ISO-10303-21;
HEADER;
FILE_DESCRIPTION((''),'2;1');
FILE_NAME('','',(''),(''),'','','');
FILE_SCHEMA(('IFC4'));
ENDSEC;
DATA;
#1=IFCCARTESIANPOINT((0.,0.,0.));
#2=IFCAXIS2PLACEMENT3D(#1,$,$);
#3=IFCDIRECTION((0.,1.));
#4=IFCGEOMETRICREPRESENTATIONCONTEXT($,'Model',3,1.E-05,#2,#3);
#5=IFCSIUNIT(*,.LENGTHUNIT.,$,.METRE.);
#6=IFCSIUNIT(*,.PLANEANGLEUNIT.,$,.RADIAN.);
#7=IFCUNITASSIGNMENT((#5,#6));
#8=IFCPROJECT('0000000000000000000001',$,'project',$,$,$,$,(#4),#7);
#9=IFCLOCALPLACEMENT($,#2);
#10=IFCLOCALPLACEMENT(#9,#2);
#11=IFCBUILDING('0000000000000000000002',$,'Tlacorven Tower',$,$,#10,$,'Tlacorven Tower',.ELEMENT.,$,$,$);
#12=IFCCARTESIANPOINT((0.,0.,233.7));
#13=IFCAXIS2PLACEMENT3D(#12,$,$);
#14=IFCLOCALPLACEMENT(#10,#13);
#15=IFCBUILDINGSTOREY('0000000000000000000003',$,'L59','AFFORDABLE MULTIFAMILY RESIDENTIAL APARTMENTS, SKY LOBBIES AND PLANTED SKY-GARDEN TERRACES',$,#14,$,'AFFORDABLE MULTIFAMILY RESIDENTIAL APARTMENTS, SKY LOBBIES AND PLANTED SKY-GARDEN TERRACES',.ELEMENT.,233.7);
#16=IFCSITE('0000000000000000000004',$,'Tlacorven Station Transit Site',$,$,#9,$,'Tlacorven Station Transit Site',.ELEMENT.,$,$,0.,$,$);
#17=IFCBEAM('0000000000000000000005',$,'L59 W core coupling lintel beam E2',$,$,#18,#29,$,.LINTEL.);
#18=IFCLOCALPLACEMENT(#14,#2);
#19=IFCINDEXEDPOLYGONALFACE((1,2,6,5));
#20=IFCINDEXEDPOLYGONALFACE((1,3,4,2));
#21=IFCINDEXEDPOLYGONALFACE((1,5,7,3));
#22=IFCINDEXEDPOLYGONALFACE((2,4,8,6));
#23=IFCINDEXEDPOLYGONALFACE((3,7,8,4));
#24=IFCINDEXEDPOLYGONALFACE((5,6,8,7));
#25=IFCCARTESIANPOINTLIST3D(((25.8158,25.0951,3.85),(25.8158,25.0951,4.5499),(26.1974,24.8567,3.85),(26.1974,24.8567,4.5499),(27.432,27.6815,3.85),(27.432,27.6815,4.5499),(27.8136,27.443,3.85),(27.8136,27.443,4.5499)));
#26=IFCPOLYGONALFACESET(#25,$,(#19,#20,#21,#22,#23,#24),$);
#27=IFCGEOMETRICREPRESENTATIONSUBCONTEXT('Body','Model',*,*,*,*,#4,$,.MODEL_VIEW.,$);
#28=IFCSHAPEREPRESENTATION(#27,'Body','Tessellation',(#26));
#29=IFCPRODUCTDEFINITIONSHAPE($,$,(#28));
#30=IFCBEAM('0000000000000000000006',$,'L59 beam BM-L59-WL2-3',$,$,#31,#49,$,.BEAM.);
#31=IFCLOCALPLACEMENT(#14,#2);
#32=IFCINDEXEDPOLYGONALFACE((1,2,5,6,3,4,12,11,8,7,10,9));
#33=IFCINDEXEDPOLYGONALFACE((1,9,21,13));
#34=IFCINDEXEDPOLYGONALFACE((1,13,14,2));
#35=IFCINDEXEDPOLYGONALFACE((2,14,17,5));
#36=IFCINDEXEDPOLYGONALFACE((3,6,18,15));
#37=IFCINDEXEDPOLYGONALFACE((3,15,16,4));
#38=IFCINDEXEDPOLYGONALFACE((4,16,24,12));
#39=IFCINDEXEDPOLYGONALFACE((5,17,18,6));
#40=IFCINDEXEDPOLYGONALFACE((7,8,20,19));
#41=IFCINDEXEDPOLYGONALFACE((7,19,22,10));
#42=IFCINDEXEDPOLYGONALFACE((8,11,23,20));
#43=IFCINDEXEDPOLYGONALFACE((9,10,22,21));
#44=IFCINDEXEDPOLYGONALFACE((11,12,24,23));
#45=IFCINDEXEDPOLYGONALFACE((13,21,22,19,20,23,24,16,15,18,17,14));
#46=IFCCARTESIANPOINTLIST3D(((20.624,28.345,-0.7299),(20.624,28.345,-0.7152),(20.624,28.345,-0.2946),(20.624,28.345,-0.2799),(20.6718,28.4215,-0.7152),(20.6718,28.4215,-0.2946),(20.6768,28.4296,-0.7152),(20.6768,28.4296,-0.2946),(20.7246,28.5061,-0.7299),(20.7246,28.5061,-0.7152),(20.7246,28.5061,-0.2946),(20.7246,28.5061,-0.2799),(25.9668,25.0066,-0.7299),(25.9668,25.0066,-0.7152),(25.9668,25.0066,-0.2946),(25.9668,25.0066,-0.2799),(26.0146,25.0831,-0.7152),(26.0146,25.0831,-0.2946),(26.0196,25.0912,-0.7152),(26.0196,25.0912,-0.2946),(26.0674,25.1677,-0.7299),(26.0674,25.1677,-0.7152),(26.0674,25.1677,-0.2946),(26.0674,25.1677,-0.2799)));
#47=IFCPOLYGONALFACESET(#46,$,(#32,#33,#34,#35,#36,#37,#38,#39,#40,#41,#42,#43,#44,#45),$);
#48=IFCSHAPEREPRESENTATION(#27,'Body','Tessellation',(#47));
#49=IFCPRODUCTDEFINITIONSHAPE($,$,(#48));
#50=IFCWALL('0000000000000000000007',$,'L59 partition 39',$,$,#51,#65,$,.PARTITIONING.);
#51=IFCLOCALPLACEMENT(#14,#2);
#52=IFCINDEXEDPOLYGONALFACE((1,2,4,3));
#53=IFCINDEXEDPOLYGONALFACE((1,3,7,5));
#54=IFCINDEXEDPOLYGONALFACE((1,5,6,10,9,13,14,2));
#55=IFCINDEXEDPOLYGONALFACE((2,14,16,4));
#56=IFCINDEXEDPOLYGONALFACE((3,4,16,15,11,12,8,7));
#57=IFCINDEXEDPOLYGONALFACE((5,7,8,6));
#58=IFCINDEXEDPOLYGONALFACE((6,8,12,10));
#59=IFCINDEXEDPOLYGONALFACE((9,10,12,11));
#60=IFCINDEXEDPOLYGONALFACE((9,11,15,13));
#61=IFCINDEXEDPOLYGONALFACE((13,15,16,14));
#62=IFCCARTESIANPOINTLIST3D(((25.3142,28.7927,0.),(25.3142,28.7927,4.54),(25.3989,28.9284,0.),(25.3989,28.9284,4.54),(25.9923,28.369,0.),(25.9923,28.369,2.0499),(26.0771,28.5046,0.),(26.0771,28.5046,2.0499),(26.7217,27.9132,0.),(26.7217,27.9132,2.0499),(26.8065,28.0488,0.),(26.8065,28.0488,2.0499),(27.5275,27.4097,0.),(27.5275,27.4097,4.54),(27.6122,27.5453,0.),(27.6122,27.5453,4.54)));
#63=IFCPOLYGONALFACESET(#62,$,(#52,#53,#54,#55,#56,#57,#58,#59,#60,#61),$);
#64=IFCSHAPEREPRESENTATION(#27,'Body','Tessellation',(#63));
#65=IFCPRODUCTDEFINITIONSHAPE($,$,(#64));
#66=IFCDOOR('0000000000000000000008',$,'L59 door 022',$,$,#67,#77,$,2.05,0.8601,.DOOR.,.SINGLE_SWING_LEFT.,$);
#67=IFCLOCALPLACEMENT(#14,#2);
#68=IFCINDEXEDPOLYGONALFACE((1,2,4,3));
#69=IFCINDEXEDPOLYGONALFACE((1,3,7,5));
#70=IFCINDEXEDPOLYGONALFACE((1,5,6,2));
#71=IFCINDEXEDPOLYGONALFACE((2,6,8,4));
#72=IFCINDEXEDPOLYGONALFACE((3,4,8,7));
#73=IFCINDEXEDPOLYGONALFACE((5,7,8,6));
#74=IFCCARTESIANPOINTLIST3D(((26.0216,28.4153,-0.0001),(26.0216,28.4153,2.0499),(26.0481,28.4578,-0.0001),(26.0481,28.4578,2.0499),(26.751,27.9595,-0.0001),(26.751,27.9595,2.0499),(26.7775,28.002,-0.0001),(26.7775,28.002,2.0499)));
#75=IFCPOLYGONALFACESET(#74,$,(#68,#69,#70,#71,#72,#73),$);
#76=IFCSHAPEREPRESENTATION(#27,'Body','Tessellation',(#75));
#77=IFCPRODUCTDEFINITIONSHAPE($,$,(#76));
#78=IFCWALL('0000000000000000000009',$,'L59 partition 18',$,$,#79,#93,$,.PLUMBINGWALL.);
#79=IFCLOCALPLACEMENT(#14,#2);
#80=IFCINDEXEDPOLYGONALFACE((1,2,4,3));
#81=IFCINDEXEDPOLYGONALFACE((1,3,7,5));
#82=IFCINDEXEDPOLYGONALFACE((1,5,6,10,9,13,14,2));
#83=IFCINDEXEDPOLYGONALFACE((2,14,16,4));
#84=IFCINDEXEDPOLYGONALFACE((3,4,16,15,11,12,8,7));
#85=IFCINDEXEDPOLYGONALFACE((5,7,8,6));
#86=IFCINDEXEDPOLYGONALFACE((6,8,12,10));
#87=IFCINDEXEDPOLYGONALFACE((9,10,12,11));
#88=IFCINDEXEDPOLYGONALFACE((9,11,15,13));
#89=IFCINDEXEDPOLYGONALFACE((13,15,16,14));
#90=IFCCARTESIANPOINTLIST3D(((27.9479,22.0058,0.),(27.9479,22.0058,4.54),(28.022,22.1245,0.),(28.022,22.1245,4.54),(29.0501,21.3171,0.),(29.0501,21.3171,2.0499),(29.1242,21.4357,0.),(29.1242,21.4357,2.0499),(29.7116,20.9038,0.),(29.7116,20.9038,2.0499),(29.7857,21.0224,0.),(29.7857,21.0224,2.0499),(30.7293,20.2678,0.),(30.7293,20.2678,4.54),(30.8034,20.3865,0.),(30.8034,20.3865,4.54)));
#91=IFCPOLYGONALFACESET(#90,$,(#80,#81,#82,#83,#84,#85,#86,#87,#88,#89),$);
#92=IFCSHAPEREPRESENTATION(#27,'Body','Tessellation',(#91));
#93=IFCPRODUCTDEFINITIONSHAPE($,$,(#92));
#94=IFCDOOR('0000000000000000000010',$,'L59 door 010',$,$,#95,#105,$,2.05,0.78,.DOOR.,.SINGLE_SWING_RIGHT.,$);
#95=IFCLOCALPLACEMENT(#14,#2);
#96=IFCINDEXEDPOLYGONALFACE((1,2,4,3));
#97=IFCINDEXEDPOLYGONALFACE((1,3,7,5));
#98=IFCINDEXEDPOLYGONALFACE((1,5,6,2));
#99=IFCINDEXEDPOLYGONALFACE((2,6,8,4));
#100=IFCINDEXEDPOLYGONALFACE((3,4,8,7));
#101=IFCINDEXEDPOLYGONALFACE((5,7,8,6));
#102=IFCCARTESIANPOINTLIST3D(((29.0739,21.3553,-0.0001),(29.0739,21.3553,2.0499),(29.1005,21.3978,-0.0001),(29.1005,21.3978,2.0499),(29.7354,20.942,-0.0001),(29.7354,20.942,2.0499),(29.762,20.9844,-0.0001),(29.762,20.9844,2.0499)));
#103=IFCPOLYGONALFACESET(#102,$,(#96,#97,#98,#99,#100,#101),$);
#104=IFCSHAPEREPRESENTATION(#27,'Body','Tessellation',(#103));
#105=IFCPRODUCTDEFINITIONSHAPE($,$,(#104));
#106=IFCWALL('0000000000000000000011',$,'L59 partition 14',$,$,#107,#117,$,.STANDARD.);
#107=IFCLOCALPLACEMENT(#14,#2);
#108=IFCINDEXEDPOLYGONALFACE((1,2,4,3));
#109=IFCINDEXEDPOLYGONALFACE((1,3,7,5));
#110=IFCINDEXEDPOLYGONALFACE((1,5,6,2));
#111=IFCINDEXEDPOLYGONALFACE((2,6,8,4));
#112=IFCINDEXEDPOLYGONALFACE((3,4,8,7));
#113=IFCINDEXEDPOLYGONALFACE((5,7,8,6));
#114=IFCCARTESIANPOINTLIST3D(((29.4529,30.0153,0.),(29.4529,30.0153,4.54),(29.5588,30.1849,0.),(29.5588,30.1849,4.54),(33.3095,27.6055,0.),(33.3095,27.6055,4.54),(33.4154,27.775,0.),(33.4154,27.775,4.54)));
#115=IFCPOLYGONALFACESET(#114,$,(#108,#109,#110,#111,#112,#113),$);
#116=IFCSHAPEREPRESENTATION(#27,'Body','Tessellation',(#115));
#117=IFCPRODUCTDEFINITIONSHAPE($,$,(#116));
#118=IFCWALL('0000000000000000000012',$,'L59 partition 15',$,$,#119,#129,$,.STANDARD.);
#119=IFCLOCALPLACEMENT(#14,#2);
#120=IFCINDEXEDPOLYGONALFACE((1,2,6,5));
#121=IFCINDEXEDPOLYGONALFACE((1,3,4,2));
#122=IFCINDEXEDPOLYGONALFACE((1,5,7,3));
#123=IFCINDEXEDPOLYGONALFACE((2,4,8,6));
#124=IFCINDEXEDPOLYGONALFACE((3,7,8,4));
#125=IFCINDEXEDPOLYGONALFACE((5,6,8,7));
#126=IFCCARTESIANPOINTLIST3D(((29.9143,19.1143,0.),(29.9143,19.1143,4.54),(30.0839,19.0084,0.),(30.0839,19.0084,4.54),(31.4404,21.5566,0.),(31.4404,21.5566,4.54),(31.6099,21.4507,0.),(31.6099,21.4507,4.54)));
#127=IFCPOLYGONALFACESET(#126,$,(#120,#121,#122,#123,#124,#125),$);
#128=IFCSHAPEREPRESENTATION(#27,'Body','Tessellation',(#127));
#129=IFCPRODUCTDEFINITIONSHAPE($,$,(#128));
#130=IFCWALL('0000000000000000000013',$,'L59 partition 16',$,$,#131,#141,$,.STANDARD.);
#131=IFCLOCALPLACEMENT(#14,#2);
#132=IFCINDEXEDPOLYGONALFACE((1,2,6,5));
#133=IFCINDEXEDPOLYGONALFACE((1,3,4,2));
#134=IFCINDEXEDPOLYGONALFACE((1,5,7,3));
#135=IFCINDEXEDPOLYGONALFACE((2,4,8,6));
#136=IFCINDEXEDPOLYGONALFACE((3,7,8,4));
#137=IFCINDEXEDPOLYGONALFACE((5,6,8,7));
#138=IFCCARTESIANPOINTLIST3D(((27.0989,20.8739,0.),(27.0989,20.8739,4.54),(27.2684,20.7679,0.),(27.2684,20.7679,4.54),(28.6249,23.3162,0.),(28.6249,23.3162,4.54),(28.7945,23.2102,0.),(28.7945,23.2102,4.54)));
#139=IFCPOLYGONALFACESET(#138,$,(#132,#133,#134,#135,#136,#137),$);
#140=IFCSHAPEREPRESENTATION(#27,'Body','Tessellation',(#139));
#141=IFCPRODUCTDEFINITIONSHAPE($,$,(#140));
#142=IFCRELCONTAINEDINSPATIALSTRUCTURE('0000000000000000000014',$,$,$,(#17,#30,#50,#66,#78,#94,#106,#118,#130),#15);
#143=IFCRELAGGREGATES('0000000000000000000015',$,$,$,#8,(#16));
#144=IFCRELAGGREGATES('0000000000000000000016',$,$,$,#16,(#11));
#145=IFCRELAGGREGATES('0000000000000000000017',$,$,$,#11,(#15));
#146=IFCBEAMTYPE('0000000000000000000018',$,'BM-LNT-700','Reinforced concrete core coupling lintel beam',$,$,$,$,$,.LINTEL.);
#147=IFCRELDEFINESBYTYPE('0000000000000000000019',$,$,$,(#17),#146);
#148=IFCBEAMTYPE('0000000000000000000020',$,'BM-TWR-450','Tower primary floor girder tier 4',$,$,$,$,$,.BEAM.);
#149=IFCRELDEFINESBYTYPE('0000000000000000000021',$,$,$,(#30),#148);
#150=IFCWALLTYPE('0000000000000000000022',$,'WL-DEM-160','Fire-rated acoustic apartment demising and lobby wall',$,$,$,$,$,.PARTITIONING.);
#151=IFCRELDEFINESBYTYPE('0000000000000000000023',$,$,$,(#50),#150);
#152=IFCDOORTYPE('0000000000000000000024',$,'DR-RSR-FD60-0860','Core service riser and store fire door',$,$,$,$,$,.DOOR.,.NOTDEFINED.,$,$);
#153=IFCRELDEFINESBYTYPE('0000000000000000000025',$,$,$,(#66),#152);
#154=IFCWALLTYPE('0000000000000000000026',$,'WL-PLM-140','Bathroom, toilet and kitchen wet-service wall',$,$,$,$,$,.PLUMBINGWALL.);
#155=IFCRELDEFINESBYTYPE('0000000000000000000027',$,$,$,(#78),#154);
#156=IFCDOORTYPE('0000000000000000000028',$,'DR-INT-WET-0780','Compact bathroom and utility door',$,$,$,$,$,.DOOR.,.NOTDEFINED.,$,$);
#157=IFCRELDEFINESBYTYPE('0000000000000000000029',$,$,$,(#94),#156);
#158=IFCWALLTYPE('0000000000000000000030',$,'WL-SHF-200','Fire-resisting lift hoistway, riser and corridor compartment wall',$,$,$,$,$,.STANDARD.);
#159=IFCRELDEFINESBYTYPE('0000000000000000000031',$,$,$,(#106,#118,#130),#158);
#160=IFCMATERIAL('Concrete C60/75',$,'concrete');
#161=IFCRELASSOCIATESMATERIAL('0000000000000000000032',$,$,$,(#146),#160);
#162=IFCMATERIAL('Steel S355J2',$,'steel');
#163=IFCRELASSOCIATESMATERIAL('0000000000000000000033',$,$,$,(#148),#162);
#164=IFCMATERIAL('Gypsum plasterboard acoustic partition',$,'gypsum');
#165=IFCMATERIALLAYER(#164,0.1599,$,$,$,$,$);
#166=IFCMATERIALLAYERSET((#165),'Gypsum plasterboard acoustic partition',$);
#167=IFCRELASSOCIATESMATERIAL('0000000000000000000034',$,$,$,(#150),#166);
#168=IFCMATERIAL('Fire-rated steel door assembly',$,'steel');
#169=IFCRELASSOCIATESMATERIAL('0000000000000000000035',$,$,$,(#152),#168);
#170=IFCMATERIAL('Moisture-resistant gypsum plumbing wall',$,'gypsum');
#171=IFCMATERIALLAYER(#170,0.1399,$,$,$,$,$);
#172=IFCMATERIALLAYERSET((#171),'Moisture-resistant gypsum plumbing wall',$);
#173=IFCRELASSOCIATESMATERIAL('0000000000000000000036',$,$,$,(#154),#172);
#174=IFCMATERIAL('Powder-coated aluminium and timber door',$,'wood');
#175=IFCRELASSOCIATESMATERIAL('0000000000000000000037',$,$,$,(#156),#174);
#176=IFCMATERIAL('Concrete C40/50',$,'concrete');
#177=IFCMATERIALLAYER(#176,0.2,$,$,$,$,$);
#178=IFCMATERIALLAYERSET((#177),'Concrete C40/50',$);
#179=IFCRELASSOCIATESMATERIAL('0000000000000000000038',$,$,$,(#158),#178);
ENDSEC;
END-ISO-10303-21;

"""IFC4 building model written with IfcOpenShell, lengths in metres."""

from ifc_helpers import new_model, si_unit, direction, frame, frame_2d, origin, origin_2d, place, context, subcontext, project, spatial, rectangle, i_section, extrude, source, transform, mapped, material, layer, layer_set, material_profile, profile_set, type_object, element, fill, save


model = new_model("IFC4")

# Units and contexts
model_context = context("Model", 3, precision=1e-05, world=origin(), true_north=direction((0.0, 1.0)))
body_context = subcontext(model_context, "Body", "Model", "MODEL_VIEW")
ifc_project = project(units=[si_unit("LENGTHUNIT", "METRE"), si_unit("PLANEANGLEUNIT", "RADIAN")], contexts=[model_context])

# Site, building, storey
site_placement = place(None, origin())
site = spatial("IfcSite", under=ifc_project, at=site_placement, Name="Tlacorven Station Transit Site", LongName="Tlacorven Station Transit Site", CompositionType="ELEMENT", RefElevation=0.0)
building_placement = place(site_placement, origin())
building = spatial("IfcBuilding", under=site, at=building_placement, Name="Tlacorven Tower", LongName="Tlacorven Tower", CompositionType="ELEMENT")
storey_placement = place(building_placement, frame((0.0, 0.0, 233.7)))
storey = spatial("IfcBuildingStorey", under=building, at=storey_placement, Name="L59", Description="AFFORDABLE MULTIFAMILY RESIDENTIAL APARTMENTS, SKY LOBBIES AND PLANTED SKY-GARDEN TERRACES", LongName="AFFORDABLE MULTIFAMILY RESIDENTIAL APARTMENTS, SKY LOBBIES AND PLANTED SKY-GARDEN TERRACES", CompositionType="ELEMENT", Elevation=233.7)

# Beams
ifc_material_1 = material(Name="Concrete C60/75", Category="concrete")
ifc_material_profile_1 = material_profile(ifc_material_1, rectangle(XDim=0.45, YDim=0.7, at=origin_2d()), Name="RC 450X700")
ifc_profile_set_1 = profile_set([ifc_material_profile_1], Name="Concrete C60/75")
beam_type_1 = type_object("IfcBeamType", Name="BM-LNT-700", Description="Reinforced concrete core coupling lintel beam", PredefinedType="LINTEL", material=ifc_profile_set_1)
shared_shape_1 = source(origin(), body_context, "Body", "SweptSolid", [
    extrude(rectangle(XDim=0.45, YDim=0.7, at=origin_2d()), origin(), (0.0, 0.0, 1.0), 3.0498),
])
beam_1_placement = place(storey_placement, frame((27.6228, 27.5623, 4.2), z_axis=(-0.529927, -0.848043, 0.0), x_axis=(0.848043, -0.529927, 0.0)))
element("IfcBeam", 1, at=beam_1_placement, inside=storey, type_object=beam_type_1, Name="L59 W core coupling lintel beam E2", PredefinedType="LINTEL", context=body_context, shape_type="MappedRepresentation", body=[
    mapped(shared_shape_1, transform((0.0, 0.0, 0.0), scale=1.0)),
])
ifc_material_2 = material(Name="Steel S355J2", Category="steel")
ifc_material_profile_2 = material_profile(ifc_material_2, i_section(OverallWidth=0.1899, OverallDepth=0.45, WebThickness=0.0095, FlangeThickness=0.0146, at=origin_2d()), Name="IPE 450")
ifc_profile_set_2 = profile_set([ifc_material_profile_2], Name="Steel S355J2")
beam_type_2 = type_object("IfcBeamType", Name="BM-TWR-450", Description="Tower primary floor girder tier 4", PredefinedType="BEAM", material=ifc_profile_set_2)
shared_shape_2 = source(origin(), body_context, "Body", "SweptSolid", [
    extrude(i_section(OverallWidth=0.1899, OverallDepth=0.45, WebThickness=0.0095, FlangeThickness=0.0146, at=origin_2d()), origin(), (0.0, 0.0, 1.0), 6.3),
])
beam_2_placement = place(storey_placement, frame((26.0171, 25.0872, -0.5049), z_axis=(-0.848059, 0.529901, 0.0), x_axis=(-0.529901, -0.848059, 0.0)))
element("IfcBeam", 2, at=beam_2_placement, inside=storey, type_object=beam_type_2, Name="L59 beam BM-L59-WL2-3", PredefinedType="BEAM", context=body_context, shape_type="MappedRepresentation", body=[
    mapped(shared_shape_2, transform((0.0, 0.0, 0.0), scale=1.0)),
])

# Walls, openings, doors
ifc_material_3 = material(Name="Gypsum plasterboard acoustic partition", Category="gypsum")
ifc_layer_1 = layer(ifc_material_3, 0.1599)
ifc_layer_set_1 = layer_set([ifc_layer_1], Name="Gypsum plasterboard acoustic partition")
wall_type_1 = type_object("IfcWallType", Name="WL-DEM-160", Description="Fire-rated acoustic apartment demising and lobby wall", PredefinedType="PARTITIONING", material=ifc_layer_set_1)
wall_1_placement = place(storey_placement, frame((27.5698, 27.4775, 0.0), z_axis=(0.0, 0.0, 1.0), x_axis=(-0.848051, 0.529915, 0.0)))
wall_1 = element("IfcWall", 3, at=wall_1_placement, inside=storey, type_object=wall_type_1, Name="L59 partition 39", PredefinedType="PARTITIONING", context=body_context, shape_type="SweptSolid", body=[
    extrude(rectangle(XDim=2.6099, YDim=0.1599, at=frame_2d((1.3049, 0.0))), origin(), (0.0, 0.0, 1.0), 4.54),
])
opening_1_placement = place(wall_1_placement, frame((0.95, 0.0, 0.0)))
opening_1 = element("IfcOpeningElement", 4, at=opening_1_placement, cuts=wall_1, PredefinedType="OPENING", context=body_context, shape_type="SweptSolid", body=[
    extrude(rectangle(XDim=0.8601, YDim=2.05, at=frame_2d((0.4302, 1.0249))), frame((0.0, 0.0898, 0.0), z_axis=(0.0, -1.0, 0.0), x_axis=(1.0, 0.0, 0.0)), (0.0, 0.0, 1.0), 0.1799),
])
ifc_material_4 = material(Name="Fire-rated steel door assembly", Category="steel")
door_type_1 = type_object("IfcDoorType", Name="DR-RSR-FD60-0860", Description="Core service riser and store fire door", OperationType="NOTDEFINED", PredefinedType="DOOR", material=ifc_material_4)
shared_shape_3 = source(origin(), body_context, "Body", "SweptSolid", [
    extrude(rectangle(XDim=0.8601, YDim=2.05, at=frame_2d((0.4302, 1.0249))), frame((0.0, 0.0249, 0.0), z_axis=(0.0, -1.0, 0.0), x_axis=(1.0, 0.0, 0.0)), (0.0, 0.0, 1.0), 0.05),
])
door_1_placement = place(opening_1_placement, frame((0.8601, 0.0, 0.0), z_axis=(0.0, 0.0, 1.0), x_axis=(-1.0, 0.0, 0.0)))
door_1 = element("IfcDoor", 5, at=door_1_placement, inside=storey, type_object=door_type_1, Name="L59 door 022", OperationType="SINGLE_SWING_LEFT", OverallHeight=2.05, OverallWidth=0.8601, PredefinedType="DOOR", context=body_context, shape_type="MappedRepresentation", body=[
    mapped(shared_shape_3, transform((0.0, 0.0, 0.0), scale=1.0)),
])
fill(opening_1, door_1)
ifc_material_5 = material(Name="Moisture-resistant gypsum plumbing wall", Category="gypsum")
ifc_layer_2 = layer(ifc_material_5, 0.1399)
ifc_layer_set_2 = layer_set([ifc_layer_2], Name="Moisture-resistant gypsum plumbing wall")
wall_type_2 = type_object("IfcWallType", Name="WL-PLM-140", Description="Bathroom, toilet and kitchen wet-service wall", PredefinedType="PLUMBINGWALL", material=ifc_layer_set_2)
wall_2_placement = place(storey_placement, frame((30.7664, 20.3271, 0.0), z_axis=(0.0, 0.0, 1.0), x_axis=(-0.848053, 0.529912, 0.0)))
wall_2 = element("IfcWall", 6, at=wall_2_placement, inside=storey, type_object=wall_type_2, Name="L59 partition 18", PredefinedType="PLUMBINGWALL", context=body_context, shape_type="SweptSolid", body=[
    extrude(rectangle(XDim=3.2798, YDim=0.1399, at=frame_2d((1.6399, 0.0))), origin(), (0.0, 0.0, 1.0), 4.54),
])
opening_2_placement = place(wall_2_placement, frame((1.2, 0.0, 0.0)))
opening_2 = element("IfcOpeningElement", 7, at=opening_2_placement, cuts=wall_2, PredefinedType="OPENING", context=body_context, shape_type="SweptSolid", body=[
    extrude(rectangle(XDim=0.78, YDim=2.05, at=frame_2d((0.3901, 1.0249))), frame((0.0, 0.0801, 0.0), z_axis=(0.0, -1.0, 0.0), x_axis=(1.0, 0.0, 0.0)), (0.0, 0.0, 1.0), 0.1599),
])
ifc_material_6 = material(Name="Powder-coated aluminium and timber door", Category="wood")
door_type_2 = type_object("IfcDoorType", Name="DR-INT-WET-0780", Description="Compact bathroom and utility door", OperationType="NOTDEFINED", PredefinedType="DOOR", material=ifc_material_6)
shared_shape_4 = source(origin(), body_context, "Body", "SweptSolid", [
    extrude(rectangle(XDim=0.78, YDim=2.05, at=frame_2d((0.3901, 1.0249))), frame((0.0, 0.0249, 0.0), z_axis=(0.0, -1.0, 0.0), x_axis=(1.0, 0.0, 0.0)), (0.0, 0.0, 1.0), 0.05),
])
door_2_placement = place(opening_2_placement, origin())
door_2 = element("IfcDoor", 8, at=door_2_placement, inside=storey, type_object=door_type_2, Name="L59 door 010", OperationType="SINGLE_SWING_RIGHT", OverallHeight=2.05, OverallWidth=0.78, PredefinedType="DOOR", context=body_context, shape_type="MappedRepresentation", body=[
    mapped(shared_shape_4, transform((0.0, 0.0, 0.0), scale=1.0)),
])
fill(opening_2, door_2)

# Shared definitions
ifc_material_7 = material(Name="Concrete C40/50", Category="concrete")
ifc_layer_3 = layer(ifc_material_7, 0.2)
ifc_layer_set_3 = layer_set([ifc_layer_3], Name="Concrete C40/50")
wall_type_3 = type_object("IfcWallType", Name="WL-SHF-200", Description="Fire-resisting lift hoistway, riser and corridor compartment wall", PredefinedType="STANDARD", material=ifc_layer_set_3)

# Walls
wall_3_placement = place(storey_placement, frame((33.3625, 27.6902, 0.0), z_axis=(0.0, 0.0, 1.0), x_axis=(-0.84805, 0.529917, 0.0)))
element("IfcWall", 9, at=wall_3_placement, inside=storey, type_object=wall_type_3, Name="L59 partition 14", PredefinedType="STANDARD", context=body_context, shape_type="SweptSolid", body=[
    extrude(rectangle(XDim=4.5476, YDim=0.2, at=frame_2d((2.2739, 0.0))), origin(), (0.0, 0.0, 1.0), 4.54),
])
for number, where, z_axis, x_axis, name in (
    (10, (31.5251, 21.5037, 0.0), (0.0, 0.0, 1.0), (-0.529907, -0.848055, 0.0), "L59 partition 15"),
    (11, (28.7097, 23.2632, 0.0), (0.0, 0.0, 1.0), (-0.529907, -0.848055, 0.0), "L59 partition 16"),
):
    element("IfcWall", number, at=place(storey_placement, frame(where, z_axis=z_axis, x_axis=x_axis)), inside=storey, type_object=wall_type_3, Name=name, PredefinedType="STANDARD", context=body_context, shape_type="SweptSolid", body=[
        extrude(rectangle(XDim=2.8799, YDim=0.2, at=frame_2d((1.4399, 0.0))), origin(), (0.0, 0.0, 1.0), 4.54),
    ])

save(model, "model.ifc")
